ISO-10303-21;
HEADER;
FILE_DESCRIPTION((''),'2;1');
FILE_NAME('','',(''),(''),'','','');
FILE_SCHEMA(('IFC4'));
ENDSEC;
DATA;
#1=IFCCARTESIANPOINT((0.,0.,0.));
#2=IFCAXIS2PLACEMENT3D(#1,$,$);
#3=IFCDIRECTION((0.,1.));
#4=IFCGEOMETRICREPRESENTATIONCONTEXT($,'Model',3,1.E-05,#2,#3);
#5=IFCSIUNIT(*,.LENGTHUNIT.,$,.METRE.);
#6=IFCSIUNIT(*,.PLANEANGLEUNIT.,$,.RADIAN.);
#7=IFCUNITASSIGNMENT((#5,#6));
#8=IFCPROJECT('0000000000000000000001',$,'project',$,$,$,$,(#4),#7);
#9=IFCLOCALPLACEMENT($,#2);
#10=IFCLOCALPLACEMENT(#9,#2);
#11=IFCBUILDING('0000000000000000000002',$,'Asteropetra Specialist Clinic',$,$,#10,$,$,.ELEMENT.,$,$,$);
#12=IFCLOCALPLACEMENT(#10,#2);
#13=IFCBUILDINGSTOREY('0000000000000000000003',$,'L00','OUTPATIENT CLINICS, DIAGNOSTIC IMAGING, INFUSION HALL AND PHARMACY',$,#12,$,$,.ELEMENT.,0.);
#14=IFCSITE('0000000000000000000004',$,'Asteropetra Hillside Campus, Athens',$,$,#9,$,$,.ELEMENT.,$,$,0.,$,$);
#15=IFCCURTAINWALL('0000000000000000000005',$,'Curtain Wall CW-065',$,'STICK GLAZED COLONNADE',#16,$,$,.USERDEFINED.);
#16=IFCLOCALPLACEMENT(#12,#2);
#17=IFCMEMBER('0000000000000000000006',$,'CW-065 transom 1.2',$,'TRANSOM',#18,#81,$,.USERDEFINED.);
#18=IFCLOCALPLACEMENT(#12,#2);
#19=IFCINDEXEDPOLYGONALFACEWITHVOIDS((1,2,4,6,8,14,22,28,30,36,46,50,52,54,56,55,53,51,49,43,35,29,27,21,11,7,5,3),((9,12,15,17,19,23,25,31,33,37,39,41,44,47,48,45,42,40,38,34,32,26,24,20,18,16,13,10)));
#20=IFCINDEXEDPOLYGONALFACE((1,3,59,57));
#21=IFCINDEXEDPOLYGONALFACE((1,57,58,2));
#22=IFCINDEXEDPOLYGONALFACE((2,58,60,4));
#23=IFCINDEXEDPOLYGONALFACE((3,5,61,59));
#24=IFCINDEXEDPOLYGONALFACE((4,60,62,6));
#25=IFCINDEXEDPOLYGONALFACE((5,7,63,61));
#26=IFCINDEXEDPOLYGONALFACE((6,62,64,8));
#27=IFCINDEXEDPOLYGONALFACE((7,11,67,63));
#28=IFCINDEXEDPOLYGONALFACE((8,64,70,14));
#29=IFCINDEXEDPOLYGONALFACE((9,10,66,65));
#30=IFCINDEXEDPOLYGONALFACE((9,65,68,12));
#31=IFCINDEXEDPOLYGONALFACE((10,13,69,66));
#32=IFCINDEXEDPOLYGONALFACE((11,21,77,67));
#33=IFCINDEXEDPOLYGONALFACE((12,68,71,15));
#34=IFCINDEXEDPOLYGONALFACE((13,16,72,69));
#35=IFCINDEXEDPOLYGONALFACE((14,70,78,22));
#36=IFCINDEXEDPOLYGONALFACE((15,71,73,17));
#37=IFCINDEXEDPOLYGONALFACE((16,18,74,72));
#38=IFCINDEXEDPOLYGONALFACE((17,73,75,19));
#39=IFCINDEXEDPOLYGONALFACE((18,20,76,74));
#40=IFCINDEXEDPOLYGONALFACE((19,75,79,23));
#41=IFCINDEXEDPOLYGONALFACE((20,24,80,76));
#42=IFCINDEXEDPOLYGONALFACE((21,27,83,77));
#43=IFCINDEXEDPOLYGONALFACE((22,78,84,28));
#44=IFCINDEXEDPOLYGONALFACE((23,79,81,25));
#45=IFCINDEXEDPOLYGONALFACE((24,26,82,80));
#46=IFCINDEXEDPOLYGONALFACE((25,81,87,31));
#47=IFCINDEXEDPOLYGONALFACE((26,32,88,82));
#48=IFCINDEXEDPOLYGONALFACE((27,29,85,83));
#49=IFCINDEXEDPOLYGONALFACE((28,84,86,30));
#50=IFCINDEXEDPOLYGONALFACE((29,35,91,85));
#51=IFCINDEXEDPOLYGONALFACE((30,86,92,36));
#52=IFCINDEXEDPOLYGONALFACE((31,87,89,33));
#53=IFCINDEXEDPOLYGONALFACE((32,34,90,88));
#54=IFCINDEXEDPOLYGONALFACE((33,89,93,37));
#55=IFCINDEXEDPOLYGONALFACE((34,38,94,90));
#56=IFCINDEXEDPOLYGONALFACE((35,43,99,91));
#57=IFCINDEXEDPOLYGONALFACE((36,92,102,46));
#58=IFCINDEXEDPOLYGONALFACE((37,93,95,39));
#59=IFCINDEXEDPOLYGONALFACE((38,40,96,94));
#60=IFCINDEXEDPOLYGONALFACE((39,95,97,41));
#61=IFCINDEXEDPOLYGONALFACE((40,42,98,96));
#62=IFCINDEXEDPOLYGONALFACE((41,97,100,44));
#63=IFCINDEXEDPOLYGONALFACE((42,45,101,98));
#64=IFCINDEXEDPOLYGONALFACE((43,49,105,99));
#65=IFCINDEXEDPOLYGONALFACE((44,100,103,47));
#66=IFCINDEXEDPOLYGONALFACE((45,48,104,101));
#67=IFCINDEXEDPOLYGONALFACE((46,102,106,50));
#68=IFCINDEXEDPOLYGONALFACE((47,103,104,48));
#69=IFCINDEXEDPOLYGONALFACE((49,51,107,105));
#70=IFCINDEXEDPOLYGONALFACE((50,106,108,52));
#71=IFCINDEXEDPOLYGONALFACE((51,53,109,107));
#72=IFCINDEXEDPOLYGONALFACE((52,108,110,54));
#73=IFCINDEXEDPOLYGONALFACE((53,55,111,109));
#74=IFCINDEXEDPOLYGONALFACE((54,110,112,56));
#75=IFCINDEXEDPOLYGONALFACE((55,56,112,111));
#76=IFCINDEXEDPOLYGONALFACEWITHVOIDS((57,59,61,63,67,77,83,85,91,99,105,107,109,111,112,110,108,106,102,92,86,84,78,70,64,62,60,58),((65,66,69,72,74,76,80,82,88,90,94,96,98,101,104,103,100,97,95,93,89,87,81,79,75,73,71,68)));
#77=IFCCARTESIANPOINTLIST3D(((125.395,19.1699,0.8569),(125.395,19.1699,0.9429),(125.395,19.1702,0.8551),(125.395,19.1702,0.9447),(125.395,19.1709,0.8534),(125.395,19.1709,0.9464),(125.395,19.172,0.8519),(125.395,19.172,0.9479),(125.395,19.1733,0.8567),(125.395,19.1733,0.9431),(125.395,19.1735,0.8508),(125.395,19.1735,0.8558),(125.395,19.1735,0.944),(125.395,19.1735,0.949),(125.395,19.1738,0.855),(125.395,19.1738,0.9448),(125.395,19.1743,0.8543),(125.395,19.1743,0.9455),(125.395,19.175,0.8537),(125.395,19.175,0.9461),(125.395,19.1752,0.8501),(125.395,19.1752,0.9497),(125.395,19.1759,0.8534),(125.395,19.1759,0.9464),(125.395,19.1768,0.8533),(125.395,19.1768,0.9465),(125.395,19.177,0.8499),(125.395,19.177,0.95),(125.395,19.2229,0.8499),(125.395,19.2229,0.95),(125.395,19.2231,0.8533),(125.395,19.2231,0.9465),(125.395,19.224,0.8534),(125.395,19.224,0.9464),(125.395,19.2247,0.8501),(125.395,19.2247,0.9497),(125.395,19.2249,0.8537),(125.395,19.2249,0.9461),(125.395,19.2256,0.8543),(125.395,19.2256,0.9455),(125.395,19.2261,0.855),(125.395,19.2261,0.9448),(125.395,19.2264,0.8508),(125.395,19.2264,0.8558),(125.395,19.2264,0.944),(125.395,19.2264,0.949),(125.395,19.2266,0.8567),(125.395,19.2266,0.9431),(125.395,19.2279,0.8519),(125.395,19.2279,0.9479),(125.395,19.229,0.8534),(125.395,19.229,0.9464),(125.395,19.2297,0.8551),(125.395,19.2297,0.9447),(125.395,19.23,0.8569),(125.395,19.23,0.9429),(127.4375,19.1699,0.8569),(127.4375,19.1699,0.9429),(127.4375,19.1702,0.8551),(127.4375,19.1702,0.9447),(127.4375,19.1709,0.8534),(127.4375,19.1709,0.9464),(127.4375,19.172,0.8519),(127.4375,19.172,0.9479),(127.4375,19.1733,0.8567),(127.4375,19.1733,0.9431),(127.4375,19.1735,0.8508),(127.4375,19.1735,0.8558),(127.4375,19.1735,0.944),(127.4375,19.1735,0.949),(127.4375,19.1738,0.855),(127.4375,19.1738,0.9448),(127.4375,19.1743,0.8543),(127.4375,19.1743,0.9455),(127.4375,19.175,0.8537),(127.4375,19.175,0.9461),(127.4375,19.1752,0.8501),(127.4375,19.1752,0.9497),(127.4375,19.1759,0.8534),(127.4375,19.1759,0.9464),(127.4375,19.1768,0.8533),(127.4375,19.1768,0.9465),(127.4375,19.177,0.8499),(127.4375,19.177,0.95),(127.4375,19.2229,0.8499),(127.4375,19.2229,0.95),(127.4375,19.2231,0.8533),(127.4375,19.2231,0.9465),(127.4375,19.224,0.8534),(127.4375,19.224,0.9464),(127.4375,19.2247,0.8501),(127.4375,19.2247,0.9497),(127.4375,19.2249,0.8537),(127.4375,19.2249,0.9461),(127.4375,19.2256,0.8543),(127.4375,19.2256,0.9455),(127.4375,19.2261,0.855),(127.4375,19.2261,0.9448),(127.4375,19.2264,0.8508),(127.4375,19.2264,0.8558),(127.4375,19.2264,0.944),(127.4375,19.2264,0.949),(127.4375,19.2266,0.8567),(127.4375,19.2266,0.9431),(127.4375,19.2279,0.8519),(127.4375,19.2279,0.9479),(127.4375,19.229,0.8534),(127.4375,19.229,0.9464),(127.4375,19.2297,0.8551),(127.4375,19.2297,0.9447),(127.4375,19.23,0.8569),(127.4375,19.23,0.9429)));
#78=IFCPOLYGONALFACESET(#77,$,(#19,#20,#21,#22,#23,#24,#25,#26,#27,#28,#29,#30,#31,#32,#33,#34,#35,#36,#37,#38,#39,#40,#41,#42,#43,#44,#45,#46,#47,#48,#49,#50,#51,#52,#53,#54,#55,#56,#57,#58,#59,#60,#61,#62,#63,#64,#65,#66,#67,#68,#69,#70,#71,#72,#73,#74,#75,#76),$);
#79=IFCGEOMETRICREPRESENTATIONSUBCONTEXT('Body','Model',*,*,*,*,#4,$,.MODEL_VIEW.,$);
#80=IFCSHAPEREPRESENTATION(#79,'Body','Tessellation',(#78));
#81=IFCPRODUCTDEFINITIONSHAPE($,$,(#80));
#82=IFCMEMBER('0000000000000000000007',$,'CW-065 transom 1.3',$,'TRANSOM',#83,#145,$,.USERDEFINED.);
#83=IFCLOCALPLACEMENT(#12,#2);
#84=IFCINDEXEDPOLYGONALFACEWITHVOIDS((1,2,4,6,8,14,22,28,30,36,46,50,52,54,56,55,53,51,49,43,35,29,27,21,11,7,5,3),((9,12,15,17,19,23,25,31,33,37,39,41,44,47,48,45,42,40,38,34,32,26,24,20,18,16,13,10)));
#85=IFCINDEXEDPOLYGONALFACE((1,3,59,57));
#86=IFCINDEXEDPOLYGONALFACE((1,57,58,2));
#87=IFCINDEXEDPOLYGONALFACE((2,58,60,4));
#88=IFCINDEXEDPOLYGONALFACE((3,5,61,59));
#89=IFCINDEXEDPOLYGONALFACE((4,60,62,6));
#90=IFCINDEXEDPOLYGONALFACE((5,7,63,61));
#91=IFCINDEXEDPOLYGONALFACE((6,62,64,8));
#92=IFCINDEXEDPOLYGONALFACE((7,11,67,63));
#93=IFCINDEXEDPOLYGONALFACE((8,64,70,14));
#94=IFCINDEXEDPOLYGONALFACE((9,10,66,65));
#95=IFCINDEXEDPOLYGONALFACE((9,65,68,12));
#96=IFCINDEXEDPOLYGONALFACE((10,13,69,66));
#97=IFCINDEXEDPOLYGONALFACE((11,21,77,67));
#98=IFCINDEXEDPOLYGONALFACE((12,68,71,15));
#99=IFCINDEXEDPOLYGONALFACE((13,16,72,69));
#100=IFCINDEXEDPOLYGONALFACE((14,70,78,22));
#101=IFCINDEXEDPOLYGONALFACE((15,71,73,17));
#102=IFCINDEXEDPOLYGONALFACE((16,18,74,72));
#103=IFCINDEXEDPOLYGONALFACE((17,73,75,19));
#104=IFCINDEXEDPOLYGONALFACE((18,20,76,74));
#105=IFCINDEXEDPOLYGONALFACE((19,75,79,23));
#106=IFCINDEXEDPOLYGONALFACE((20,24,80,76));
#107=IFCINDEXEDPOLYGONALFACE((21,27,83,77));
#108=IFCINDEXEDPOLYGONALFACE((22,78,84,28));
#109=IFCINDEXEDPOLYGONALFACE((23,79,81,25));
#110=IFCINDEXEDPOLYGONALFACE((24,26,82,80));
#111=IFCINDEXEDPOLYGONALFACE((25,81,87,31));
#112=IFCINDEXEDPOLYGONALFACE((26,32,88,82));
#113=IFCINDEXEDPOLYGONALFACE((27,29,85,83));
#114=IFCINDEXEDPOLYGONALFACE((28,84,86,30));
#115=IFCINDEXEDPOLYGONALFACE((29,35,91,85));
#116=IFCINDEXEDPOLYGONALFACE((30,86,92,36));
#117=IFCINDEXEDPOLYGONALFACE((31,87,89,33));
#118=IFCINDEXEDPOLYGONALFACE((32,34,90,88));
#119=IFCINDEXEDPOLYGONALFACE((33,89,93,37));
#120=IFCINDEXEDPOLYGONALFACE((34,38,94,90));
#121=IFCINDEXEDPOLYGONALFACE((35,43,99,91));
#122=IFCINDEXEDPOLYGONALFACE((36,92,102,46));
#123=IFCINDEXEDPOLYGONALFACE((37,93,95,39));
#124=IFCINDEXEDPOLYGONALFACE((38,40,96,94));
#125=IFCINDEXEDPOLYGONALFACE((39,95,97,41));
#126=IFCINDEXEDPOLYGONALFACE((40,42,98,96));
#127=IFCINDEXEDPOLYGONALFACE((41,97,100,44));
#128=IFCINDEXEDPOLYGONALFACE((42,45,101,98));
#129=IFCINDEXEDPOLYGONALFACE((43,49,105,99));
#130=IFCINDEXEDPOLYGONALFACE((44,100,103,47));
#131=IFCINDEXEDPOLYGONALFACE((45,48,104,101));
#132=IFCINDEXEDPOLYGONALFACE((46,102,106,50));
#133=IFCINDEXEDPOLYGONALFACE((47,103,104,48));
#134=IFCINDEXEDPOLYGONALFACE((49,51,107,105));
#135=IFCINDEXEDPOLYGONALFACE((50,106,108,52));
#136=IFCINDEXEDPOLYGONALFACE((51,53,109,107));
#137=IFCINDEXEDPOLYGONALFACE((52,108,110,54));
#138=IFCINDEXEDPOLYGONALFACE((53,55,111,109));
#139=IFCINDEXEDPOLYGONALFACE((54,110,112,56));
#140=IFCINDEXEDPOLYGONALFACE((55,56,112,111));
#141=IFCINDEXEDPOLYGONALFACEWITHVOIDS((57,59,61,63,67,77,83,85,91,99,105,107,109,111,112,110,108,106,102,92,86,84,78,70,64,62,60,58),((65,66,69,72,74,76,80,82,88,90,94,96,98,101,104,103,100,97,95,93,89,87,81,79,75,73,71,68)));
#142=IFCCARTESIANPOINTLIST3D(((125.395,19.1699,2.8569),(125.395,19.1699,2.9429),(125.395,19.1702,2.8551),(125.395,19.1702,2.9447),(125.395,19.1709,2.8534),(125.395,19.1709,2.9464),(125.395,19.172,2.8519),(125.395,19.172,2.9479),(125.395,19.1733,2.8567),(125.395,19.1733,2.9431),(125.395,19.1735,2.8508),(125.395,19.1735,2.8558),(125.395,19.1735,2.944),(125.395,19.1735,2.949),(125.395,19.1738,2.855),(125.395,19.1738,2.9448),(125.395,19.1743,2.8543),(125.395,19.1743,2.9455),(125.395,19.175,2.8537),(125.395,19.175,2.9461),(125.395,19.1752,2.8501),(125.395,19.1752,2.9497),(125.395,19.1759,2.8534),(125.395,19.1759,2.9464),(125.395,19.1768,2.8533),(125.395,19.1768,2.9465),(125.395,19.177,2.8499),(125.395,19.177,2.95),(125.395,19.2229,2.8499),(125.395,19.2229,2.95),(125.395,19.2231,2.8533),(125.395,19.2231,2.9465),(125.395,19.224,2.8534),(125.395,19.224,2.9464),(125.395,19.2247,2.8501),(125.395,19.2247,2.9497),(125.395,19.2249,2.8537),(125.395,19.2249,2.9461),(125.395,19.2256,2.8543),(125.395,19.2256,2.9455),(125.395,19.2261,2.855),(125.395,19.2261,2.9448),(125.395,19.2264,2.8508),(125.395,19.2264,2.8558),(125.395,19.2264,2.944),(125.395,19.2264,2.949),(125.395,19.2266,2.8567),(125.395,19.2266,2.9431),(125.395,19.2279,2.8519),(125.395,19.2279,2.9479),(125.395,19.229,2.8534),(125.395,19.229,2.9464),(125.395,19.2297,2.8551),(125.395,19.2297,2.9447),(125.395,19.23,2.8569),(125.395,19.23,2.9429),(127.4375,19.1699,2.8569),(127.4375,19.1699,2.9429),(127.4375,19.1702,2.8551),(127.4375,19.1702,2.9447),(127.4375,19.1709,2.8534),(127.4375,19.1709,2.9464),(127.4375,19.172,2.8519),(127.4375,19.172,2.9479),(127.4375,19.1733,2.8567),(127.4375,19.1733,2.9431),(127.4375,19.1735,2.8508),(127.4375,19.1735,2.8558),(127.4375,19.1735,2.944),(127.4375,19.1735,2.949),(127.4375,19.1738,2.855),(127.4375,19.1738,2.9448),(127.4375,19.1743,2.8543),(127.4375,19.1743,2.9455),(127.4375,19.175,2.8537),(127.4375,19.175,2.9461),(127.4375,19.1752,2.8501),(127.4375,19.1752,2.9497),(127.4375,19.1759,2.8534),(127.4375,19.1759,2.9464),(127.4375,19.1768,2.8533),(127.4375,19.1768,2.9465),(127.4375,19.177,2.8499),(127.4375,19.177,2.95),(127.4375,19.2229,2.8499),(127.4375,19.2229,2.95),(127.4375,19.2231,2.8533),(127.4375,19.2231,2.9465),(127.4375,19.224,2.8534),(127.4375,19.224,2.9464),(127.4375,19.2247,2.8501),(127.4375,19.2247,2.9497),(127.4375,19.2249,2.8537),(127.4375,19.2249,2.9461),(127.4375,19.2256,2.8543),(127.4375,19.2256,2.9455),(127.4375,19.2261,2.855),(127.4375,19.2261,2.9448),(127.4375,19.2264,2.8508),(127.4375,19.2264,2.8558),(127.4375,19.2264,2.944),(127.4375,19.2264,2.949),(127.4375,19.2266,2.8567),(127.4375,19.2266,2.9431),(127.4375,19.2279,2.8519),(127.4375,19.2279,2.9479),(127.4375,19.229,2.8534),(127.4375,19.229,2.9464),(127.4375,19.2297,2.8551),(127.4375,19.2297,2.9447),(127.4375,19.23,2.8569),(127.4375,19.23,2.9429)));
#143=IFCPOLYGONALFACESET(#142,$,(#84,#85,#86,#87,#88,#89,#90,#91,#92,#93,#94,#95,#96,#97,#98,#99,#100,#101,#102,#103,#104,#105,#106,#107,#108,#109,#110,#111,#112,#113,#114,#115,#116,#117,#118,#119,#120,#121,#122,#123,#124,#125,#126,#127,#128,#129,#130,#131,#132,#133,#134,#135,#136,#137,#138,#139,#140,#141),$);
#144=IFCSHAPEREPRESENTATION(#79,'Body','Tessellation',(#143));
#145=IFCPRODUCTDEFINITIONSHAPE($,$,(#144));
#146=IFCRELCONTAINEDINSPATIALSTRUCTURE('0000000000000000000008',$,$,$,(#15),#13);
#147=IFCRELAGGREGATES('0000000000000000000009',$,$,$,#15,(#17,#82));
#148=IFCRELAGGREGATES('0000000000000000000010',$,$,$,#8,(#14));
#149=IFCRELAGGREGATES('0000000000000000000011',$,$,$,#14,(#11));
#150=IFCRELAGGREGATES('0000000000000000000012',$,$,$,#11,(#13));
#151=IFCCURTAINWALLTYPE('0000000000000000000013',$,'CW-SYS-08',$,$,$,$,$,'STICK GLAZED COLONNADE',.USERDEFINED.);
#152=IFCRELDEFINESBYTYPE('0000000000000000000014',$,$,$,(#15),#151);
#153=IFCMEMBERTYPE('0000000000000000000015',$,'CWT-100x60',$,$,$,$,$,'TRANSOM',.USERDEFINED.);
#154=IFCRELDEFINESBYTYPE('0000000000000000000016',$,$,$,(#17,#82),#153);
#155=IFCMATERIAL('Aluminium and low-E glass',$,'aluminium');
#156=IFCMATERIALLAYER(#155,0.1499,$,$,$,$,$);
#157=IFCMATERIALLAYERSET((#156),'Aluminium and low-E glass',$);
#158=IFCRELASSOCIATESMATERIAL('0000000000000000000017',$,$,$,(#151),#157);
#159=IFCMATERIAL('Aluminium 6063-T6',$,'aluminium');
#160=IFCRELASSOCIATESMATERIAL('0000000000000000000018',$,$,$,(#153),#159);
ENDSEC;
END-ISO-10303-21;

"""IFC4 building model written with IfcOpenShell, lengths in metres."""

from ifc_helpers import new_model, si_unit, direction, frame, origin, origin_2d, place, context, subcontext, project, spatial, hollow_rectangle, extrude, material, layer, layer_set, material_profile, profile_set, type_object, element, aggregate, save


model = new_model("IFC4")

# Units and contexts
model_context = context("Model", 3, precision=1e-05, world=origin(), true_north=direction((0.0, 1.0)))
body_context = subcontext(model_context, "Body", "Model", "MODEL_VIEW")
ifc_project = project(units=[si_unit("LENGTHUNIT", "METRE"), si_unit("PLANEANGLEUNIT", "RADIAN")], contexts=[model_context])

# Site, building, storey
site_placement = place(None, origin())
site = spatial("IfcSite", under=ifc_project, at=site_placement, Name="Asteropetra Hillside Campus, Athens", CompositionType="ELEMENT", RefElevation=0.0)
building_placement = place(site_placement, origin())
building = spatial("IfcBuilding", under=site, at=building_placement, Name="Asteropetra Specialist Clinic", CompositionType="ELEMENT")
storey_placement = place(building_placement, origin())
storey = spatial("IfcBuildingStorey", under=building, at=storey_placement, Name="L00", Description="OUTPATIENT CLINICS, DIAGNOSTIC IMAGING, INFUSION HALL AND PHARMACY", CompositionType="ELEMENT", Elevation=0.0)

# Curtain wall, members
ifc_material_1 = material(Name="Aluminium and low-E glass", Category="aluminium")
ifc_layer_1 = layer(ifc_material_1, 0.1499)
ifc_layer_set_1 = layer_set([ifc_layer_1], Name="Aluminium and low-E glass")
curtain_wall_type = type_object("IfcCurtainWallType", Name="CW-SYS-08", ElementType="STICK GLAZED COLONNADE", PredefinedType="USERDEFINED", material=ifc_layer_set_1)
curtain_wall_placement = place(storey_placement, origin())
curtain_wall = element("IfcCurtainWall", 1, at=curtain_wall_placement, inside=storey, type_object=curtain_wall_type, Name="Curtain Wall CW-065", ObjectType="STICK GLAZED COLONNADE", PredefinedType="USERDEFINED")
ifc_material_2 = material(Name="Aluminium 6063-T6", Category="aluminium")
ifc_material_profile_1 = material_profile(ifc_material_2, hollow_rectangle(XDim=0.0601, YDim=0.1001, WallThickness=0.0034, InnerFilletRadius=0.0034, OuterFilletRadius=0.0071, at=origin_2d()), Name="TRN 100x60x3.5")
ifc_profile_set_1 = profile_set([ifc_material_profile_1], Name="Aluminium 6063-T6")
member_type_1 = type_object("IfcMemberType", Name="CWT-100x60", ElementType="TRANSOM", PredefinedType="USERDEFINED", material=ifc_profile_set_1)
member_1_placement = place(storey_placement, frame((125.395, 19.2, 0.8999), z_axis=(1.0, 0.0, 0.0), x_axis=(0.0, 1.0, 0.0)))
member_1 = element("IfcMember", 2, at=member_1_placement, type_object=member_type_1, Name="CW-065 transom 1.2", ObjectType="TRANSOM", PredefinedType="USERDEFINED", context=body_context, shape_type="SweptSolid", body=[
    extrude(hollow_rectangle(XDim=0.0601, YDim=0.1001, WallThickness=0.0034, InnerFilletRadius=0.0034, OuterFilletRadius=0.0071, at=origin_2d()), origin(), (0.0, 0.0, 1.0), 2.0425),
])
member_2_placement = place(storey_placement, frame((125.395, 19.2, 2.8999), z_axis=(1.0, 0.0, 0.0), x_axis=(0.0, 1.0, 0.0)))
member_2 = element("IfcMember", 3, at=member_2_placement, type_object=member_type_1, Name="CW-065 transom 1.3", ObjectType="TRANSOM", PredefinedType="USERDEFINED", context=body_context, shape_type="SweptSolid", body=[
    extrude(hollow_rectangle(XDim=0.0601, YDim=0.1001, WallThickness=0.0034, InnerFilletRadius=0.0034, OuterFilletRadius=0.0071, at=origin_2d()), origin(), (0.0, 0.0, 1.0), 2.0425),
])
aggregate(curtain_wall, [member_1, member_2])

save(model, "model.ifc")
